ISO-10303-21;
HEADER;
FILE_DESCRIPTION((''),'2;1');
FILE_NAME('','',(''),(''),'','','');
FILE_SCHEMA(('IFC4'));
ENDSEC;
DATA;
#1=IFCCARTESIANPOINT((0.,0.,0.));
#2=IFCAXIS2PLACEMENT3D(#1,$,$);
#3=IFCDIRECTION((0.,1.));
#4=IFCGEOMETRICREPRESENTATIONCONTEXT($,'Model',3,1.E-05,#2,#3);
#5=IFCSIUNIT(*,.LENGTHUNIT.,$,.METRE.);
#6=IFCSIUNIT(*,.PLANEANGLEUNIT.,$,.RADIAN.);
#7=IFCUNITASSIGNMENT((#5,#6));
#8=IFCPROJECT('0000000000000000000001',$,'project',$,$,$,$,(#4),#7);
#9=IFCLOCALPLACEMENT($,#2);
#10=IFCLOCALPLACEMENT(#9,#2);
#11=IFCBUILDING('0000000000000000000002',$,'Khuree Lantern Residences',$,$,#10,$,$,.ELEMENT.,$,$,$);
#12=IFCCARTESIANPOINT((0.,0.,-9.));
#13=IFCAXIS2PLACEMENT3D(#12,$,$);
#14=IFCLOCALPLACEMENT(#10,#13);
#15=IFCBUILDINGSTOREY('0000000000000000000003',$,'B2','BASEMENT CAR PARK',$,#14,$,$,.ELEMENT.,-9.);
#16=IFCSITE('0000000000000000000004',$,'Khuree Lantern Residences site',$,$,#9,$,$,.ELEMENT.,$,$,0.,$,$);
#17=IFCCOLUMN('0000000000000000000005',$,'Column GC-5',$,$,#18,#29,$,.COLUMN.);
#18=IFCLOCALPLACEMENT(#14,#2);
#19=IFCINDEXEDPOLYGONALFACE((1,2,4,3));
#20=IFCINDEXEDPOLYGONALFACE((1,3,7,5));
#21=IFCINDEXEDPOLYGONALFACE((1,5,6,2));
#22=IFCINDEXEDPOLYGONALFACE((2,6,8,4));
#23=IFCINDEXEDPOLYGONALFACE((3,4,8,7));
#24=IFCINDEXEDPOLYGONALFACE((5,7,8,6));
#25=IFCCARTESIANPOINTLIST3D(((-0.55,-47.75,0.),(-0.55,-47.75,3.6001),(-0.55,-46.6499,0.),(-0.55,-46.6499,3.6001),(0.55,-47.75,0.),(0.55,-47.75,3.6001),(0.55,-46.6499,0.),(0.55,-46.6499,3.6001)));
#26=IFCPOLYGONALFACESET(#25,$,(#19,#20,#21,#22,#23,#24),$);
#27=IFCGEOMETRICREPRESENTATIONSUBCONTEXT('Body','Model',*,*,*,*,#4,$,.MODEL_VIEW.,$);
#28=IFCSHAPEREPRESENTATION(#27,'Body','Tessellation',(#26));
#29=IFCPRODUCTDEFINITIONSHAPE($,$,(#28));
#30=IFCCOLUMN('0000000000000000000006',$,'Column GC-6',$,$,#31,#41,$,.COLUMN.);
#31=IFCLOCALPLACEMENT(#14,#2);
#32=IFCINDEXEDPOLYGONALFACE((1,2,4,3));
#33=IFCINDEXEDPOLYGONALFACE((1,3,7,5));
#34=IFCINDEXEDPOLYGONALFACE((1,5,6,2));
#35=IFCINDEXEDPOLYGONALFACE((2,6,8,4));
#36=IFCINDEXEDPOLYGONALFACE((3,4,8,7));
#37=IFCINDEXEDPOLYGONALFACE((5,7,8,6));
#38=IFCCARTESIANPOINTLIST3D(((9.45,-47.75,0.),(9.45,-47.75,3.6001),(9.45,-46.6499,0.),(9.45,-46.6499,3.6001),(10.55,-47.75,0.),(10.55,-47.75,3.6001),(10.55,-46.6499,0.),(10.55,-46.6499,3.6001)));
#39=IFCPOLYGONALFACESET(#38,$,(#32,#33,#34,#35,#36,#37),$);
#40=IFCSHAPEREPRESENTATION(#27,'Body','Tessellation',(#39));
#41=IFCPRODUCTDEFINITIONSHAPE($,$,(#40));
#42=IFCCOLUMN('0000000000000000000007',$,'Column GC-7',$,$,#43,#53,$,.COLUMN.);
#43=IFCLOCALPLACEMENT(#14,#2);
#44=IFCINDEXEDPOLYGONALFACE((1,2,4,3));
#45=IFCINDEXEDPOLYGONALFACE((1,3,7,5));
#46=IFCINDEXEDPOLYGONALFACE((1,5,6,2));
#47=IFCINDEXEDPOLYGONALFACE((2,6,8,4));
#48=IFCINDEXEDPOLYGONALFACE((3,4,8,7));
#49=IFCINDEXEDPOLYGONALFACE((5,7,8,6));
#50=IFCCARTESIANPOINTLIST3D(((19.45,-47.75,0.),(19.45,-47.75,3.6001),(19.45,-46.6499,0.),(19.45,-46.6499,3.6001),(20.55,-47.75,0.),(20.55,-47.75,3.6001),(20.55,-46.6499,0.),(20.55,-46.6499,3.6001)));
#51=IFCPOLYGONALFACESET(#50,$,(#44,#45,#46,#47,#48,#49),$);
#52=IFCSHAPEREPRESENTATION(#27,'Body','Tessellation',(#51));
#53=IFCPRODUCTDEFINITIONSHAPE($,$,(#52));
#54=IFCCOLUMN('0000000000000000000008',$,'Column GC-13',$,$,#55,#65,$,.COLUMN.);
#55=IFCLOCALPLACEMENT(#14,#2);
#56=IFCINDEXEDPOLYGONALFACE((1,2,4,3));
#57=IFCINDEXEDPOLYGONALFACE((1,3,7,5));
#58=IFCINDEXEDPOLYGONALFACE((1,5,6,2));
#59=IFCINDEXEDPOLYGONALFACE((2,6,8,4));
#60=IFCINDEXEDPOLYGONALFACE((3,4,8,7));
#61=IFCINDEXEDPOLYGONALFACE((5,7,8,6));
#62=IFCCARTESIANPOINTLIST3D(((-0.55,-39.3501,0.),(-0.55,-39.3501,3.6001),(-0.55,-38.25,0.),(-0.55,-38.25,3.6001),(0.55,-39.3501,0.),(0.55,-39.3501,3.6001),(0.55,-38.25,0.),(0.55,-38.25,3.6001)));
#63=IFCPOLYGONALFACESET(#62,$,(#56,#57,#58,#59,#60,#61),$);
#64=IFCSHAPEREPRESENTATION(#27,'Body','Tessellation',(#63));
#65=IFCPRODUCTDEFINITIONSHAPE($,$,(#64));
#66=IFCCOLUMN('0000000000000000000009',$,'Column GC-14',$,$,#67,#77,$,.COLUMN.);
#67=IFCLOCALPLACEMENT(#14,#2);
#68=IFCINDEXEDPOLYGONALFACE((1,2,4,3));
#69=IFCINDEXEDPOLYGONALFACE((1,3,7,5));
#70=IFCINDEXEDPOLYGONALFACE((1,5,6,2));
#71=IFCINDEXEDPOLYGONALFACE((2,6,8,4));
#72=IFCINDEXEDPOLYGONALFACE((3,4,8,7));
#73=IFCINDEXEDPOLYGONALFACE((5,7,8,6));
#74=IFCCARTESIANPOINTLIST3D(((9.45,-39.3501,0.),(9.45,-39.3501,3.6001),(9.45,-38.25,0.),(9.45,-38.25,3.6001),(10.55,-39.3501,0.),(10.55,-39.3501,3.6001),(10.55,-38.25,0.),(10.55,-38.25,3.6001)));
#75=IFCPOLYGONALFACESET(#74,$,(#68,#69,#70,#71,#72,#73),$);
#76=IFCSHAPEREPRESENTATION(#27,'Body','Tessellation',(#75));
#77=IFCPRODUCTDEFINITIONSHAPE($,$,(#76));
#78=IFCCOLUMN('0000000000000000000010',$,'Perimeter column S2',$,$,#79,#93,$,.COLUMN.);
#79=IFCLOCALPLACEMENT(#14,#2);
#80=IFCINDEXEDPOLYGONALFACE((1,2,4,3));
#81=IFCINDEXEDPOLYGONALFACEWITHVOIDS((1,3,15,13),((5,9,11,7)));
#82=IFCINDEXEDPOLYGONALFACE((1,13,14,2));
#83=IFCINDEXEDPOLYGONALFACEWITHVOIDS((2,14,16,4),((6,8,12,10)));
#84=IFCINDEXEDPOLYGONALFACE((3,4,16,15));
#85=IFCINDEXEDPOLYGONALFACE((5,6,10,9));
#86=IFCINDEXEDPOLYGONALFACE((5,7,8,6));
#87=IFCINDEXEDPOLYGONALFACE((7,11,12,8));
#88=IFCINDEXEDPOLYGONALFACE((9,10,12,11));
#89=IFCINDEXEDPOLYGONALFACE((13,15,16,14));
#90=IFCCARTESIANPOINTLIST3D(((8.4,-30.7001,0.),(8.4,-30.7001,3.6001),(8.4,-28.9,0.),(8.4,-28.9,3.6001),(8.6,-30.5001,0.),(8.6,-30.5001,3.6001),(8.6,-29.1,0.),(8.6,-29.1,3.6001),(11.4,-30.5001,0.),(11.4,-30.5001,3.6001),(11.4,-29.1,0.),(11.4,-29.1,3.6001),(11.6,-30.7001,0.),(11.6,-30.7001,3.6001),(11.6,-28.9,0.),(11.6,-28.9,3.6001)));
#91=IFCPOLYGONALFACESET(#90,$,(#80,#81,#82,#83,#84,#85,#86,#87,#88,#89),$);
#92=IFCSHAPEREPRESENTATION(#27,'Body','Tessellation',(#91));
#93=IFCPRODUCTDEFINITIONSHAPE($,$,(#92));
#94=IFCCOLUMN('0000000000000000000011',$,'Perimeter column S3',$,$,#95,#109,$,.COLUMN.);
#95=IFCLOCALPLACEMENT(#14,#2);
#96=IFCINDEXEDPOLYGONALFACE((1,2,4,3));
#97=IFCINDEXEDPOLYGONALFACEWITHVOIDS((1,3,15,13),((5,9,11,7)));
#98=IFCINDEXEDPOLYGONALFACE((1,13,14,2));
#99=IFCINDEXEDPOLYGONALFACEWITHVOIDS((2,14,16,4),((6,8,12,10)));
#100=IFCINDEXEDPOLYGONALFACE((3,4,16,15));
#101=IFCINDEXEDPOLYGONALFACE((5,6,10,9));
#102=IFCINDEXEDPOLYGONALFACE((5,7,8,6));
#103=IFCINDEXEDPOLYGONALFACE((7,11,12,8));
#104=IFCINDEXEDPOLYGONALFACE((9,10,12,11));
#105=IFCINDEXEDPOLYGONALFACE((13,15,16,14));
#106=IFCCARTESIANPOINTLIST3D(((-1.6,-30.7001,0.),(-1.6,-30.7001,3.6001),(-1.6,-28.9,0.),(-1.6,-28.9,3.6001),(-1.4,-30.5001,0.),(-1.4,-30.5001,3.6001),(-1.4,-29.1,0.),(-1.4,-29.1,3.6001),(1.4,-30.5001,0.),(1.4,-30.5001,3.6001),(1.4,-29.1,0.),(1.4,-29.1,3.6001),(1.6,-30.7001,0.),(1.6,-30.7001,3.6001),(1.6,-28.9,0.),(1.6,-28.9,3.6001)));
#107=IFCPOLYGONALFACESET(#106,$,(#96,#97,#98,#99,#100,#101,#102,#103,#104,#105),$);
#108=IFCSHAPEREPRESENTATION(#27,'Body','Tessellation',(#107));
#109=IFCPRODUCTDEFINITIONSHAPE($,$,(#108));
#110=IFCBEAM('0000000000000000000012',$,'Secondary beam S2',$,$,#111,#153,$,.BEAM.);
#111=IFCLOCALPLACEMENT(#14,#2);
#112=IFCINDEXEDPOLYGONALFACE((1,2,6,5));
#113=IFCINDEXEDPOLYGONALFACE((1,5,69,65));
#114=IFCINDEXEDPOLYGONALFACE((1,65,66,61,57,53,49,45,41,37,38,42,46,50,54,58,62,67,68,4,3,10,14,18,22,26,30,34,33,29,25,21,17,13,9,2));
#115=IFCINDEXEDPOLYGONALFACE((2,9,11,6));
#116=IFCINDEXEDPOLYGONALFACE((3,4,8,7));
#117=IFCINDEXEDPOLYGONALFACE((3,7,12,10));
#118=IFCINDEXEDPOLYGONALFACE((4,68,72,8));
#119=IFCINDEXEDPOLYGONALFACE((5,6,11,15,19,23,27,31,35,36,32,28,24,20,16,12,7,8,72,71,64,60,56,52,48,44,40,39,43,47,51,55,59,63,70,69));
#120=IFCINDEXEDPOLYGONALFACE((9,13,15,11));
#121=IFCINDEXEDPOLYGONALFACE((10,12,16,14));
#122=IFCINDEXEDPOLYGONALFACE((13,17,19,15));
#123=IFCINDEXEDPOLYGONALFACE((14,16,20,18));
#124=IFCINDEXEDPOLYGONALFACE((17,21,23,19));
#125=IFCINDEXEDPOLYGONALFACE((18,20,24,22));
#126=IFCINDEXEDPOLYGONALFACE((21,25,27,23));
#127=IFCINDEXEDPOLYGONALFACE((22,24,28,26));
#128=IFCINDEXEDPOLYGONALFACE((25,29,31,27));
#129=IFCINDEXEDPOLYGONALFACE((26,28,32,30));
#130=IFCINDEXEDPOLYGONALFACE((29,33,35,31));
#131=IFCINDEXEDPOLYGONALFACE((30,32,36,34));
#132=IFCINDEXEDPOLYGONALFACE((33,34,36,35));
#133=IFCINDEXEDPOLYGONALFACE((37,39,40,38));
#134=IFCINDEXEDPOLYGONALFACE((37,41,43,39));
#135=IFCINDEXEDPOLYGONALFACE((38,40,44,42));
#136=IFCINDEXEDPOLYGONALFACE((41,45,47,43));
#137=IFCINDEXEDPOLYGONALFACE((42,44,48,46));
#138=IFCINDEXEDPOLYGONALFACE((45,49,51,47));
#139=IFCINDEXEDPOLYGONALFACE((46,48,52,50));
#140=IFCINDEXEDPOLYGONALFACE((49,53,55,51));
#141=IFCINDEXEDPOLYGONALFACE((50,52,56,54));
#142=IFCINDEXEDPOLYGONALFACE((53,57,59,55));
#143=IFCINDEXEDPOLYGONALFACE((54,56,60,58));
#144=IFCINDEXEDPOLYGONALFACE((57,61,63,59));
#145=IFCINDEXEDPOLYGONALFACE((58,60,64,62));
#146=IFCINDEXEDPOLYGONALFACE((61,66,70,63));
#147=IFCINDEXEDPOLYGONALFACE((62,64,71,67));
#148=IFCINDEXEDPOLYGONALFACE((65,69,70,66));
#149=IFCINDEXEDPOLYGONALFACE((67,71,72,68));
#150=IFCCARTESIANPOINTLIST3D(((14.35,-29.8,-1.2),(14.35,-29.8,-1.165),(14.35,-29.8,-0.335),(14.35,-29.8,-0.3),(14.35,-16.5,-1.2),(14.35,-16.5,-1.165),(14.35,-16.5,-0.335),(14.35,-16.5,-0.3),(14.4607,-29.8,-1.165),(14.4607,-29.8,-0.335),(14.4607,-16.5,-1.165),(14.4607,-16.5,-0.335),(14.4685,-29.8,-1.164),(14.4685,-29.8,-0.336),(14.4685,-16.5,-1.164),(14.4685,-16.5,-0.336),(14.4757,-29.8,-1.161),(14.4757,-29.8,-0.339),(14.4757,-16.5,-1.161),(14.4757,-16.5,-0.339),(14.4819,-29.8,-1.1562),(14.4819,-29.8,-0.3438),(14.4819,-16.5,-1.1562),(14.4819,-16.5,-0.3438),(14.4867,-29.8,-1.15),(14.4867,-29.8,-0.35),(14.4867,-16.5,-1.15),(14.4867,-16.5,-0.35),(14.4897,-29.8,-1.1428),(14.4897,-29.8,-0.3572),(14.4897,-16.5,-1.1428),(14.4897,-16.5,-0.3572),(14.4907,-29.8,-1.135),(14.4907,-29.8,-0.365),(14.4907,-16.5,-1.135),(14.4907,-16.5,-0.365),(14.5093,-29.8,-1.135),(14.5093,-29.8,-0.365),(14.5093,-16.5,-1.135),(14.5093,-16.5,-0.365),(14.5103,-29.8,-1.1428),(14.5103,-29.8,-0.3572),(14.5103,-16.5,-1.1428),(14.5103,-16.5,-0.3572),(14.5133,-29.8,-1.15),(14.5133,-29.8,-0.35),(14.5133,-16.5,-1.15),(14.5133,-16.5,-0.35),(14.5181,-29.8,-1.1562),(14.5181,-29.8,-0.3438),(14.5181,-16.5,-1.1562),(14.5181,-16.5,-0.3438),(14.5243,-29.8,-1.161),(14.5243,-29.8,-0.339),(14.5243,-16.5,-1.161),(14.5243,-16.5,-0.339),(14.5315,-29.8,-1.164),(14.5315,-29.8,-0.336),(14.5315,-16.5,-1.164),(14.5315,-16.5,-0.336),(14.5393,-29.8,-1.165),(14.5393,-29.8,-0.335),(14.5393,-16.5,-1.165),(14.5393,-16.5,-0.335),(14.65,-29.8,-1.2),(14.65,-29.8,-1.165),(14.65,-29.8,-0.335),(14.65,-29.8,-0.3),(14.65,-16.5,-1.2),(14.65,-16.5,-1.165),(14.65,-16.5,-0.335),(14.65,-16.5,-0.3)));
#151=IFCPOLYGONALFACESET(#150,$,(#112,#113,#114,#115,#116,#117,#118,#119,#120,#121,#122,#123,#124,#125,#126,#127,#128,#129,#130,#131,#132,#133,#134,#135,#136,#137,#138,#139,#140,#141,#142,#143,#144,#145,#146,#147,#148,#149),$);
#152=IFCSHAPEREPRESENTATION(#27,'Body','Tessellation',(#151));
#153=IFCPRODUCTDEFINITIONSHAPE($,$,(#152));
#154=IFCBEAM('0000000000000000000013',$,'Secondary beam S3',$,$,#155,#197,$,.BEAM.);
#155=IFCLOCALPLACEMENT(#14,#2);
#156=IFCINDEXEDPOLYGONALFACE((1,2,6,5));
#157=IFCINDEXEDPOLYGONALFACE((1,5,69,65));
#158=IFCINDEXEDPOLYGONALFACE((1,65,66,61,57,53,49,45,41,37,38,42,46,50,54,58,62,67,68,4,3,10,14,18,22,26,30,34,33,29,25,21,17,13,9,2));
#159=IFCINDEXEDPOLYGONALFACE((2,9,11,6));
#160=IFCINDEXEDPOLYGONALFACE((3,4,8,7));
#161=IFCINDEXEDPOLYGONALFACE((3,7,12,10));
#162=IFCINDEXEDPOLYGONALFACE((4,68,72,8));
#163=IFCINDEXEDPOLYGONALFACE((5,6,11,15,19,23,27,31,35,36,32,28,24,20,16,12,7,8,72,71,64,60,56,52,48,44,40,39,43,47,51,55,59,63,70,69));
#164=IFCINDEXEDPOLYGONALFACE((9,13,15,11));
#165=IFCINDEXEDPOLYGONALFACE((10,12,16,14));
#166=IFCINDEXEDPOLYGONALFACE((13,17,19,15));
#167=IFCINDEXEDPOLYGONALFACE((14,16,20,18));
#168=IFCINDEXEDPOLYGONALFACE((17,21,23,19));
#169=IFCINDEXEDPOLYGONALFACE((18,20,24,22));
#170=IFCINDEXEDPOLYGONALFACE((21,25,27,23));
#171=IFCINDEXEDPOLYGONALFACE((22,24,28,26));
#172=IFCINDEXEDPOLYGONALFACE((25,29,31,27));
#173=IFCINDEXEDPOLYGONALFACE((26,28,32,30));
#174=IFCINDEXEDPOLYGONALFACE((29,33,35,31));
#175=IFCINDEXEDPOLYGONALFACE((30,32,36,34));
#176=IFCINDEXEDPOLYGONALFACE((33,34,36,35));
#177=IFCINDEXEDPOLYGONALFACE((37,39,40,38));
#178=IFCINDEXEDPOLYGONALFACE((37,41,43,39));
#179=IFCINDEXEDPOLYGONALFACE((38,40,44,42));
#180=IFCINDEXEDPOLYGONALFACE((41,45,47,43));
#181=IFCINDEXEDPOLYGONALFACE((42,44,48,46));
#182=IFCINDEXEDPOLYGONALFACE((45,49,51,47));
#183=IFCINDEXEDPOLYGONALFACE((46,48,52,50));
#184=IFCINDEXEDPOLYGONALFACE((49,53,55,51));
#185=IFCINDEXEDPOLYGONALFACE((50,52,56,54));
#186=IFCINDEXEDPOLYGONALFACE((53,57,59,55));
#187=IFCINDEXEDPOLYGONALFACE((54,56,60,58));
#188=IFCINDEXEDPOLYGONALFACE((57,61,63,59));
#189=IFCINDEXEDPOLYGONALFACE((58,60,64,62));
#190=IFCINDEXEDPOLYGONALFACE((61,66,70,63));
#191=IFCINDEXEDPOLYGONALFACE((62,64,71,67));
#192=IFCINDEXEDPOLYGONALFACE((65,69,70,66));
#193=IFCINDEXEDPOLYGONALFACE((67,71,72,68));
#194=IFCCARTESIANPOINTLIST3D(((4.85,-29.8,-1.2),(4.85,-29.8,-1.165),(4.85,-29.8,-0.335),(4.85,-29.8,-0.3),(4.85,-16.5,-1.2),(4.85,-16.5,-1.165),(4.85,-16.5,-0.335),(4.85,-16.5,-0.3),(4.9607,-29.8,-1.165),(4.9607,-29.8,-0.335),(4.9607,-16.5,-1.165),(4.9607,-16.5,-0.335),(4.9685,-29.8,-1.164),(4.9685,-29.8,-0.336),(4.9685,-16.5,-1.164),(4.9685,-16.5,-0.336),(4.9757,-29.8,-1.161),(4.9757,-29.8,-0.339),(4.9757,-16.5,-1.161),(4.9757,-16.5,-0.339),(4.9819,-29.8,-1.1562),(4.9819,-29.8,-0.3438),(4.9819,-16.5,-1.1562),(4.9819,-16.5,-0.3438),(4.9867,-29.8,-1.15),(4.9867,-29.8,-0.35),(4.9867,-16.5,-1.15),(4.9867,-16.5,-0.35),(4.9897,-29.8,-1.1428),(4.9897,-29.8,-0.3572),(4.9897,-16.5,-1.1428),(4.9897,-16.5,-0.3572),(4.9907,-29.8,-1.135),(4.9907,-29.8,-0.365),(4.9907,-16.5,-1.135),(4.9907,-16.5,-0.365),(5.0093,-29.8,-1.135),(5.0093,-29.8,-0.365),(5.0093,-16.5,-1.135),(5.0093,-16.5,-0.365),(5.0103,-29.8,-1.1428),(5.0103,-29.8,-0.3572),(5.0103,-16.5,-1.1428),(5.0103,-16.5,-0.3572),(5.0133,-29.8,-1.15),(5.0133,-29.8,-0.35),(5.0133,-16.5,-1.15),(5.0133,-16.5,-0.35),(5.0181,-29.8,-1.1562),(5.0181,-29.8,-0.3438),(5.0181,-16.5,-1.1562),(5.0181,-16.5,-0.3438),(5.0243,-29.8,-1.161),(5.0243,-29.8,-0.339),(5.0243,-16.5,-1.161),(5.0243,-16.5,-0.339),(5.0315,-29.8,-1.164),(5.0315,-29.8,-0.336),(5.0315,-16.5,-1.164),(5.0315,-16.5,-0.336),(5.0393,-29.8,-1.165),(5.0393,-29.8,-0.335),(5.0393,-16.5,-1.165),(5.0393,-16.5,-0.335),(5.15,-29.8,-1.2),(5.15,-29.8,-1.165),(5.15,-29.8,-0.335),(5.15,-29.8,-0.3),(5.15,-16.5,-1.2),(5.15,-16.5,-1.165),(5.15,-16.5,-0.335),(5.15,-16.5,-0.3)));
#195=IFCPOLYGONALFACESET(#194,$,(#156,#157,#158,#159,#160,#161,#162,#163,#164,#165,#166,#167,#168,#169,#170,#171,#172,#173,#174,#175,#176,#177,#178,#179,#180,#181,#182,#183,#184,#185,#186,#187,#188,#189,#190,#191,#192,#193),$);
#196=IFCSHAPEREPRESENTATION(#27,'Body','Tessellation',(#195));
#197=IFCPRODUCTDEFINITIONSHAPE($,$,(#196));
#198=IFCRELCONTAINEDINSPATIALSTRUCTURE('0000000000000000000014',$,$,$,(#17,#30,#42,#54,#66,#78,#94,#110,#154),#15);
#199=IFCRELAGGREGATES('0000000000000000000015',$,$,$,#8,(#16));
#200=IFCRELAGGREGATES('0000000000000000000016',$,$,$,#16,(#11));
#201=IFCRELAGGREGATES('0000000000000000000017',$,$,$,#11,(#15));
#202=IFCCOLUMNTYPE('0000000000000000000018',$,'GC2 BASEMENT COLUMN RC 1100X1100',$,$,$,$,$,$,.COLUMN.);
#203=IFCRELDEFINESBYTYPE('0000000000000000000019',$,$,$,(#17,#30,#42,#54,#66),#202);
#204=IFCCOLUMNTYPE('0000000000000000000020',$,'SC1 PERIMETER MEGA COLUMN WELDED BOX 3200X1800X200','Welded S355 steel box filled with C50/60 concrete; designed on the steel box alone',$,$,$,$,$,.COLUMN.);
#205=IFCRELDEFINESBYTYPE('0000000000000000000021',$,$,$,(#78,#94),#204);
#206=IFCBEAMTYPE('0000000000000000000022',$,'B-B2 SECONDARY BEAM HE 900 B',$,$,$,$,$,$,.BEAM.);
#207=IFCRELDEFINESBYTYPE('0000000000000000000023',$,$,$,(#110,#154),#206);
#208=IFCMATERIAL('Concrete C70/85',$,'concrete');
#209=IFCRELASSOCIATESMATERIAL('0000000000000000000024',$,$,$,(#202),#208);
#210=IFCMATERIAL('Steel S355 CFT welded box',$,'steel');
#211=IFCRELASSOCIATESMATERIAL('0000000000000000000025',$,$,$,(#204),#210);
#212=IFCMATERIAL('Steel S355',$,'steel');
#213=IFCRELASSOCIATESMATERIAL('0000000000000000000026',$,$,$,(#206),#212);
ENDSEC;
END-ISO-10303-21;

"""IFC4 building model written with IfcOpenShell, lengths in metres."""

from ifc_helpers import new_model, si_unit, direction, frame, origin, origin_2d, place, context, subcontext, project, spatial, rectangle, hollow_rectangle, i_section, extrude, material, material_profile, profile_set, type_object, element, save


model = new_model("IFC4")

# Units and contexts
model_context = context("Model", 3, precision=1e-05, world=origin(), true_north=direction((0.0, 1.0)))
body_context = subcontext(model_context, "Body", "Model", "MODEL_VIEW")
ifc_project = project(units=[si_unit("LENGTHUNIT", "METRE"), si_unit("PLANEANGLEUNIT", "RADIAN")], contexts=[model_context])

# Site, building, storey
site_placement = place(None, origin())
site = spatial("IfcSite", under=ifc_project, at=site_placement, Name="Khuree Lantern Residences site", CompositionType="ELEMENT", RefElevation=0.0)
building_placement = place(site_placement, origin())
building = spatial("IfcBuilding", under=site, at=building_placement, Name="Khuree Lantern Residences", CompositionType="ELEMENT")
storey_placement = place(building_placement, frame((0.0, 0.0, -9.0)))
storey = spatial("IfcBuildingStorey", under=building, at=storey_placement, Name="B2", Description="BASEMENT CAR PARK", CompositionType="ELEMENT", Elevation=-9.0)

# Columns
ifc_material_1 = material(Name="Concrete C70/85", Category="concrete")
ifc_material_profile_1 = material_profile(ifc_material_1, rectangle(XDim=1.1001, YDim=1.1001, at=origin_2d()), Name="RC 1100X1100")
ifc_profile_set_1 = profile_set([ifc_material_profile_1], Name="Concrete C70/85")
column_type_1 = type_object("IfcColumnType", Name="GC2 BASEMENT COLUMN RC 1100X1100", PredefinedType="COLUMN", material=ifc_profile_set_1)
for number, where, z_axis, x_axis, name in (
    (1, (0.0, -47.2, 0.0), (0.0, 0.0, 1.0), (1.0, 0.0, 0.0), "Column GC-5"),
    (2, (10.0, -47.2, 0.0), (0.0, 0.0, 1.0), (1.0, 0.0, 0.0), "Column GC-6"),
    (3, (20.0, -47.2, 0.0), (0.0, 0.0, 1.0), (1.0, 0.0, 0.0), "Column GC-7"),
    (4, (0.0, -38.8, 0.0), (0.0, 0.0, 1.0), (1.0, 0.0, 0.0), "Column GC-13"),
    (5, (10.0, -38.8, 0.0), (0.0, 0.0, 1.0), (1.0, 0.0, 0.0), "Column GC-14"),
):
    element("IfcColumn", number, at=place(storey_placement, frame(where, z_axis=z_axis, x_axis=x_axis)), inside=storey, type_object=column_type_1, Name=name, PredefinedType="COLUMN", context=body_context, shape_type="SweptSolid", body=[
        extrude(rectangle(XDim=1.1001, YDim=1.1001, at=origin_2d()), origin(), (0.0, 0.0, 1.0), 3.6001),
    ])
ifc_material_2 = material(Name="Steel S355 CFT welded box", Category="steel")
ifc_material_profile_2 = material_profile(ifc_material_2, hollow_rectangle(XDim=3.2, YDim=1.8, WallThickness=0.2, at=origin_2d()), Name="WELDED BOX 3200X1800X200")
ifc_profile_set_2 = profile_set([ifc_material_profile_2], Name="Steel S355 CFT welded box")
column_type_2 = type_object("IfcColumnType", Name="SC1 PERIMETER MEGA COLUMN WELDED BOX 3200X1800X200", Description="Welded S355 steel box filled with C50/60 concrete; designed on the steel box alone", PredefinedType="COLUMN", material=ifc_profile_set_2)
for number, where, z_axis, x_axis, name in (
    (6, (10.0, -29.8, 0.0), (0.0, 0.0, 1.0), (1.0, 0.0, 0.0), "Perimeter column S2"),
    (7, (0.0, -29.8, 0.0), (0.0, 0.0, 1.0), (1.0, 0.0, 0.0), "Perimeter column S3"),
):
    element("IfcColumn", number, at=place(storey_placement, frame(where, z_axis=z_axis, x_axis=x_axis)), inside=storey, type_object=column_type_2, Name=name, PredefinedType="COLUMN", context=body_context, shape_type="SweptSolid", body=[
        extrude(hollow_rectangle(XDim=3.2, YDim=1.8, WallThickness=0.2, at=origin_2d()), origin(), (0.0, 0.0, 1.0), 3.6001),
    ])

# Beams
ifc_material_3 = material(Name="Steel S355", Category="steel")
ifc_material_profile_3 = material_profile(ifc_material_3, i_section(OverallWidth=0.3, OverallDepth=0.8999, WebThickness=0.0186, FlangeThickness=0.0349, FilletRadius=0.03, at=origin_2d()), Name="HE 900 B")
ifc_profile_set_3 = profile_set([ifc_material_profile_3], Name="Steel S355")
beam_type_1 = type_object("IfcBeamType", Name="B-B2 SECONDARY BEAM HE 900 B", PredefinedType="BEAM", material=ifc_profile_set_3)
for number, where, z_axis, x_axis, name in (
    (8, (14.5, -29.8, -0.75), (0.0, 1.0, 0.0), (-1.0, 0.0, 0.0), "Secondary beam S2"),
    (9, (5.0, -29.8, -0.75), (0.0, 1.0, 0.0), (-1.0, 0.0, 0.0), "Secondary beam S3"),
):
    element("IfcBeam", number, at=place(storey_placement, frame(where, z_axis=z_axis, x_axis=x_axis)), inside=storey, type_object=beam_type_1, Name=name, PredefinedType="BEAM", context=body_context, shape_type="SweptSolid", body=[
        extrude(i_section(OverallWidth=0.3, OverallDepth=0.8999, WebThickness=0.0186, FlangeThickness=0.0349, FilletRadius=0.03, at=origin_2d()), origin(), (0.0, 0.0, 1.0), 13.3),
    ])

save(model, "model.ifc")
